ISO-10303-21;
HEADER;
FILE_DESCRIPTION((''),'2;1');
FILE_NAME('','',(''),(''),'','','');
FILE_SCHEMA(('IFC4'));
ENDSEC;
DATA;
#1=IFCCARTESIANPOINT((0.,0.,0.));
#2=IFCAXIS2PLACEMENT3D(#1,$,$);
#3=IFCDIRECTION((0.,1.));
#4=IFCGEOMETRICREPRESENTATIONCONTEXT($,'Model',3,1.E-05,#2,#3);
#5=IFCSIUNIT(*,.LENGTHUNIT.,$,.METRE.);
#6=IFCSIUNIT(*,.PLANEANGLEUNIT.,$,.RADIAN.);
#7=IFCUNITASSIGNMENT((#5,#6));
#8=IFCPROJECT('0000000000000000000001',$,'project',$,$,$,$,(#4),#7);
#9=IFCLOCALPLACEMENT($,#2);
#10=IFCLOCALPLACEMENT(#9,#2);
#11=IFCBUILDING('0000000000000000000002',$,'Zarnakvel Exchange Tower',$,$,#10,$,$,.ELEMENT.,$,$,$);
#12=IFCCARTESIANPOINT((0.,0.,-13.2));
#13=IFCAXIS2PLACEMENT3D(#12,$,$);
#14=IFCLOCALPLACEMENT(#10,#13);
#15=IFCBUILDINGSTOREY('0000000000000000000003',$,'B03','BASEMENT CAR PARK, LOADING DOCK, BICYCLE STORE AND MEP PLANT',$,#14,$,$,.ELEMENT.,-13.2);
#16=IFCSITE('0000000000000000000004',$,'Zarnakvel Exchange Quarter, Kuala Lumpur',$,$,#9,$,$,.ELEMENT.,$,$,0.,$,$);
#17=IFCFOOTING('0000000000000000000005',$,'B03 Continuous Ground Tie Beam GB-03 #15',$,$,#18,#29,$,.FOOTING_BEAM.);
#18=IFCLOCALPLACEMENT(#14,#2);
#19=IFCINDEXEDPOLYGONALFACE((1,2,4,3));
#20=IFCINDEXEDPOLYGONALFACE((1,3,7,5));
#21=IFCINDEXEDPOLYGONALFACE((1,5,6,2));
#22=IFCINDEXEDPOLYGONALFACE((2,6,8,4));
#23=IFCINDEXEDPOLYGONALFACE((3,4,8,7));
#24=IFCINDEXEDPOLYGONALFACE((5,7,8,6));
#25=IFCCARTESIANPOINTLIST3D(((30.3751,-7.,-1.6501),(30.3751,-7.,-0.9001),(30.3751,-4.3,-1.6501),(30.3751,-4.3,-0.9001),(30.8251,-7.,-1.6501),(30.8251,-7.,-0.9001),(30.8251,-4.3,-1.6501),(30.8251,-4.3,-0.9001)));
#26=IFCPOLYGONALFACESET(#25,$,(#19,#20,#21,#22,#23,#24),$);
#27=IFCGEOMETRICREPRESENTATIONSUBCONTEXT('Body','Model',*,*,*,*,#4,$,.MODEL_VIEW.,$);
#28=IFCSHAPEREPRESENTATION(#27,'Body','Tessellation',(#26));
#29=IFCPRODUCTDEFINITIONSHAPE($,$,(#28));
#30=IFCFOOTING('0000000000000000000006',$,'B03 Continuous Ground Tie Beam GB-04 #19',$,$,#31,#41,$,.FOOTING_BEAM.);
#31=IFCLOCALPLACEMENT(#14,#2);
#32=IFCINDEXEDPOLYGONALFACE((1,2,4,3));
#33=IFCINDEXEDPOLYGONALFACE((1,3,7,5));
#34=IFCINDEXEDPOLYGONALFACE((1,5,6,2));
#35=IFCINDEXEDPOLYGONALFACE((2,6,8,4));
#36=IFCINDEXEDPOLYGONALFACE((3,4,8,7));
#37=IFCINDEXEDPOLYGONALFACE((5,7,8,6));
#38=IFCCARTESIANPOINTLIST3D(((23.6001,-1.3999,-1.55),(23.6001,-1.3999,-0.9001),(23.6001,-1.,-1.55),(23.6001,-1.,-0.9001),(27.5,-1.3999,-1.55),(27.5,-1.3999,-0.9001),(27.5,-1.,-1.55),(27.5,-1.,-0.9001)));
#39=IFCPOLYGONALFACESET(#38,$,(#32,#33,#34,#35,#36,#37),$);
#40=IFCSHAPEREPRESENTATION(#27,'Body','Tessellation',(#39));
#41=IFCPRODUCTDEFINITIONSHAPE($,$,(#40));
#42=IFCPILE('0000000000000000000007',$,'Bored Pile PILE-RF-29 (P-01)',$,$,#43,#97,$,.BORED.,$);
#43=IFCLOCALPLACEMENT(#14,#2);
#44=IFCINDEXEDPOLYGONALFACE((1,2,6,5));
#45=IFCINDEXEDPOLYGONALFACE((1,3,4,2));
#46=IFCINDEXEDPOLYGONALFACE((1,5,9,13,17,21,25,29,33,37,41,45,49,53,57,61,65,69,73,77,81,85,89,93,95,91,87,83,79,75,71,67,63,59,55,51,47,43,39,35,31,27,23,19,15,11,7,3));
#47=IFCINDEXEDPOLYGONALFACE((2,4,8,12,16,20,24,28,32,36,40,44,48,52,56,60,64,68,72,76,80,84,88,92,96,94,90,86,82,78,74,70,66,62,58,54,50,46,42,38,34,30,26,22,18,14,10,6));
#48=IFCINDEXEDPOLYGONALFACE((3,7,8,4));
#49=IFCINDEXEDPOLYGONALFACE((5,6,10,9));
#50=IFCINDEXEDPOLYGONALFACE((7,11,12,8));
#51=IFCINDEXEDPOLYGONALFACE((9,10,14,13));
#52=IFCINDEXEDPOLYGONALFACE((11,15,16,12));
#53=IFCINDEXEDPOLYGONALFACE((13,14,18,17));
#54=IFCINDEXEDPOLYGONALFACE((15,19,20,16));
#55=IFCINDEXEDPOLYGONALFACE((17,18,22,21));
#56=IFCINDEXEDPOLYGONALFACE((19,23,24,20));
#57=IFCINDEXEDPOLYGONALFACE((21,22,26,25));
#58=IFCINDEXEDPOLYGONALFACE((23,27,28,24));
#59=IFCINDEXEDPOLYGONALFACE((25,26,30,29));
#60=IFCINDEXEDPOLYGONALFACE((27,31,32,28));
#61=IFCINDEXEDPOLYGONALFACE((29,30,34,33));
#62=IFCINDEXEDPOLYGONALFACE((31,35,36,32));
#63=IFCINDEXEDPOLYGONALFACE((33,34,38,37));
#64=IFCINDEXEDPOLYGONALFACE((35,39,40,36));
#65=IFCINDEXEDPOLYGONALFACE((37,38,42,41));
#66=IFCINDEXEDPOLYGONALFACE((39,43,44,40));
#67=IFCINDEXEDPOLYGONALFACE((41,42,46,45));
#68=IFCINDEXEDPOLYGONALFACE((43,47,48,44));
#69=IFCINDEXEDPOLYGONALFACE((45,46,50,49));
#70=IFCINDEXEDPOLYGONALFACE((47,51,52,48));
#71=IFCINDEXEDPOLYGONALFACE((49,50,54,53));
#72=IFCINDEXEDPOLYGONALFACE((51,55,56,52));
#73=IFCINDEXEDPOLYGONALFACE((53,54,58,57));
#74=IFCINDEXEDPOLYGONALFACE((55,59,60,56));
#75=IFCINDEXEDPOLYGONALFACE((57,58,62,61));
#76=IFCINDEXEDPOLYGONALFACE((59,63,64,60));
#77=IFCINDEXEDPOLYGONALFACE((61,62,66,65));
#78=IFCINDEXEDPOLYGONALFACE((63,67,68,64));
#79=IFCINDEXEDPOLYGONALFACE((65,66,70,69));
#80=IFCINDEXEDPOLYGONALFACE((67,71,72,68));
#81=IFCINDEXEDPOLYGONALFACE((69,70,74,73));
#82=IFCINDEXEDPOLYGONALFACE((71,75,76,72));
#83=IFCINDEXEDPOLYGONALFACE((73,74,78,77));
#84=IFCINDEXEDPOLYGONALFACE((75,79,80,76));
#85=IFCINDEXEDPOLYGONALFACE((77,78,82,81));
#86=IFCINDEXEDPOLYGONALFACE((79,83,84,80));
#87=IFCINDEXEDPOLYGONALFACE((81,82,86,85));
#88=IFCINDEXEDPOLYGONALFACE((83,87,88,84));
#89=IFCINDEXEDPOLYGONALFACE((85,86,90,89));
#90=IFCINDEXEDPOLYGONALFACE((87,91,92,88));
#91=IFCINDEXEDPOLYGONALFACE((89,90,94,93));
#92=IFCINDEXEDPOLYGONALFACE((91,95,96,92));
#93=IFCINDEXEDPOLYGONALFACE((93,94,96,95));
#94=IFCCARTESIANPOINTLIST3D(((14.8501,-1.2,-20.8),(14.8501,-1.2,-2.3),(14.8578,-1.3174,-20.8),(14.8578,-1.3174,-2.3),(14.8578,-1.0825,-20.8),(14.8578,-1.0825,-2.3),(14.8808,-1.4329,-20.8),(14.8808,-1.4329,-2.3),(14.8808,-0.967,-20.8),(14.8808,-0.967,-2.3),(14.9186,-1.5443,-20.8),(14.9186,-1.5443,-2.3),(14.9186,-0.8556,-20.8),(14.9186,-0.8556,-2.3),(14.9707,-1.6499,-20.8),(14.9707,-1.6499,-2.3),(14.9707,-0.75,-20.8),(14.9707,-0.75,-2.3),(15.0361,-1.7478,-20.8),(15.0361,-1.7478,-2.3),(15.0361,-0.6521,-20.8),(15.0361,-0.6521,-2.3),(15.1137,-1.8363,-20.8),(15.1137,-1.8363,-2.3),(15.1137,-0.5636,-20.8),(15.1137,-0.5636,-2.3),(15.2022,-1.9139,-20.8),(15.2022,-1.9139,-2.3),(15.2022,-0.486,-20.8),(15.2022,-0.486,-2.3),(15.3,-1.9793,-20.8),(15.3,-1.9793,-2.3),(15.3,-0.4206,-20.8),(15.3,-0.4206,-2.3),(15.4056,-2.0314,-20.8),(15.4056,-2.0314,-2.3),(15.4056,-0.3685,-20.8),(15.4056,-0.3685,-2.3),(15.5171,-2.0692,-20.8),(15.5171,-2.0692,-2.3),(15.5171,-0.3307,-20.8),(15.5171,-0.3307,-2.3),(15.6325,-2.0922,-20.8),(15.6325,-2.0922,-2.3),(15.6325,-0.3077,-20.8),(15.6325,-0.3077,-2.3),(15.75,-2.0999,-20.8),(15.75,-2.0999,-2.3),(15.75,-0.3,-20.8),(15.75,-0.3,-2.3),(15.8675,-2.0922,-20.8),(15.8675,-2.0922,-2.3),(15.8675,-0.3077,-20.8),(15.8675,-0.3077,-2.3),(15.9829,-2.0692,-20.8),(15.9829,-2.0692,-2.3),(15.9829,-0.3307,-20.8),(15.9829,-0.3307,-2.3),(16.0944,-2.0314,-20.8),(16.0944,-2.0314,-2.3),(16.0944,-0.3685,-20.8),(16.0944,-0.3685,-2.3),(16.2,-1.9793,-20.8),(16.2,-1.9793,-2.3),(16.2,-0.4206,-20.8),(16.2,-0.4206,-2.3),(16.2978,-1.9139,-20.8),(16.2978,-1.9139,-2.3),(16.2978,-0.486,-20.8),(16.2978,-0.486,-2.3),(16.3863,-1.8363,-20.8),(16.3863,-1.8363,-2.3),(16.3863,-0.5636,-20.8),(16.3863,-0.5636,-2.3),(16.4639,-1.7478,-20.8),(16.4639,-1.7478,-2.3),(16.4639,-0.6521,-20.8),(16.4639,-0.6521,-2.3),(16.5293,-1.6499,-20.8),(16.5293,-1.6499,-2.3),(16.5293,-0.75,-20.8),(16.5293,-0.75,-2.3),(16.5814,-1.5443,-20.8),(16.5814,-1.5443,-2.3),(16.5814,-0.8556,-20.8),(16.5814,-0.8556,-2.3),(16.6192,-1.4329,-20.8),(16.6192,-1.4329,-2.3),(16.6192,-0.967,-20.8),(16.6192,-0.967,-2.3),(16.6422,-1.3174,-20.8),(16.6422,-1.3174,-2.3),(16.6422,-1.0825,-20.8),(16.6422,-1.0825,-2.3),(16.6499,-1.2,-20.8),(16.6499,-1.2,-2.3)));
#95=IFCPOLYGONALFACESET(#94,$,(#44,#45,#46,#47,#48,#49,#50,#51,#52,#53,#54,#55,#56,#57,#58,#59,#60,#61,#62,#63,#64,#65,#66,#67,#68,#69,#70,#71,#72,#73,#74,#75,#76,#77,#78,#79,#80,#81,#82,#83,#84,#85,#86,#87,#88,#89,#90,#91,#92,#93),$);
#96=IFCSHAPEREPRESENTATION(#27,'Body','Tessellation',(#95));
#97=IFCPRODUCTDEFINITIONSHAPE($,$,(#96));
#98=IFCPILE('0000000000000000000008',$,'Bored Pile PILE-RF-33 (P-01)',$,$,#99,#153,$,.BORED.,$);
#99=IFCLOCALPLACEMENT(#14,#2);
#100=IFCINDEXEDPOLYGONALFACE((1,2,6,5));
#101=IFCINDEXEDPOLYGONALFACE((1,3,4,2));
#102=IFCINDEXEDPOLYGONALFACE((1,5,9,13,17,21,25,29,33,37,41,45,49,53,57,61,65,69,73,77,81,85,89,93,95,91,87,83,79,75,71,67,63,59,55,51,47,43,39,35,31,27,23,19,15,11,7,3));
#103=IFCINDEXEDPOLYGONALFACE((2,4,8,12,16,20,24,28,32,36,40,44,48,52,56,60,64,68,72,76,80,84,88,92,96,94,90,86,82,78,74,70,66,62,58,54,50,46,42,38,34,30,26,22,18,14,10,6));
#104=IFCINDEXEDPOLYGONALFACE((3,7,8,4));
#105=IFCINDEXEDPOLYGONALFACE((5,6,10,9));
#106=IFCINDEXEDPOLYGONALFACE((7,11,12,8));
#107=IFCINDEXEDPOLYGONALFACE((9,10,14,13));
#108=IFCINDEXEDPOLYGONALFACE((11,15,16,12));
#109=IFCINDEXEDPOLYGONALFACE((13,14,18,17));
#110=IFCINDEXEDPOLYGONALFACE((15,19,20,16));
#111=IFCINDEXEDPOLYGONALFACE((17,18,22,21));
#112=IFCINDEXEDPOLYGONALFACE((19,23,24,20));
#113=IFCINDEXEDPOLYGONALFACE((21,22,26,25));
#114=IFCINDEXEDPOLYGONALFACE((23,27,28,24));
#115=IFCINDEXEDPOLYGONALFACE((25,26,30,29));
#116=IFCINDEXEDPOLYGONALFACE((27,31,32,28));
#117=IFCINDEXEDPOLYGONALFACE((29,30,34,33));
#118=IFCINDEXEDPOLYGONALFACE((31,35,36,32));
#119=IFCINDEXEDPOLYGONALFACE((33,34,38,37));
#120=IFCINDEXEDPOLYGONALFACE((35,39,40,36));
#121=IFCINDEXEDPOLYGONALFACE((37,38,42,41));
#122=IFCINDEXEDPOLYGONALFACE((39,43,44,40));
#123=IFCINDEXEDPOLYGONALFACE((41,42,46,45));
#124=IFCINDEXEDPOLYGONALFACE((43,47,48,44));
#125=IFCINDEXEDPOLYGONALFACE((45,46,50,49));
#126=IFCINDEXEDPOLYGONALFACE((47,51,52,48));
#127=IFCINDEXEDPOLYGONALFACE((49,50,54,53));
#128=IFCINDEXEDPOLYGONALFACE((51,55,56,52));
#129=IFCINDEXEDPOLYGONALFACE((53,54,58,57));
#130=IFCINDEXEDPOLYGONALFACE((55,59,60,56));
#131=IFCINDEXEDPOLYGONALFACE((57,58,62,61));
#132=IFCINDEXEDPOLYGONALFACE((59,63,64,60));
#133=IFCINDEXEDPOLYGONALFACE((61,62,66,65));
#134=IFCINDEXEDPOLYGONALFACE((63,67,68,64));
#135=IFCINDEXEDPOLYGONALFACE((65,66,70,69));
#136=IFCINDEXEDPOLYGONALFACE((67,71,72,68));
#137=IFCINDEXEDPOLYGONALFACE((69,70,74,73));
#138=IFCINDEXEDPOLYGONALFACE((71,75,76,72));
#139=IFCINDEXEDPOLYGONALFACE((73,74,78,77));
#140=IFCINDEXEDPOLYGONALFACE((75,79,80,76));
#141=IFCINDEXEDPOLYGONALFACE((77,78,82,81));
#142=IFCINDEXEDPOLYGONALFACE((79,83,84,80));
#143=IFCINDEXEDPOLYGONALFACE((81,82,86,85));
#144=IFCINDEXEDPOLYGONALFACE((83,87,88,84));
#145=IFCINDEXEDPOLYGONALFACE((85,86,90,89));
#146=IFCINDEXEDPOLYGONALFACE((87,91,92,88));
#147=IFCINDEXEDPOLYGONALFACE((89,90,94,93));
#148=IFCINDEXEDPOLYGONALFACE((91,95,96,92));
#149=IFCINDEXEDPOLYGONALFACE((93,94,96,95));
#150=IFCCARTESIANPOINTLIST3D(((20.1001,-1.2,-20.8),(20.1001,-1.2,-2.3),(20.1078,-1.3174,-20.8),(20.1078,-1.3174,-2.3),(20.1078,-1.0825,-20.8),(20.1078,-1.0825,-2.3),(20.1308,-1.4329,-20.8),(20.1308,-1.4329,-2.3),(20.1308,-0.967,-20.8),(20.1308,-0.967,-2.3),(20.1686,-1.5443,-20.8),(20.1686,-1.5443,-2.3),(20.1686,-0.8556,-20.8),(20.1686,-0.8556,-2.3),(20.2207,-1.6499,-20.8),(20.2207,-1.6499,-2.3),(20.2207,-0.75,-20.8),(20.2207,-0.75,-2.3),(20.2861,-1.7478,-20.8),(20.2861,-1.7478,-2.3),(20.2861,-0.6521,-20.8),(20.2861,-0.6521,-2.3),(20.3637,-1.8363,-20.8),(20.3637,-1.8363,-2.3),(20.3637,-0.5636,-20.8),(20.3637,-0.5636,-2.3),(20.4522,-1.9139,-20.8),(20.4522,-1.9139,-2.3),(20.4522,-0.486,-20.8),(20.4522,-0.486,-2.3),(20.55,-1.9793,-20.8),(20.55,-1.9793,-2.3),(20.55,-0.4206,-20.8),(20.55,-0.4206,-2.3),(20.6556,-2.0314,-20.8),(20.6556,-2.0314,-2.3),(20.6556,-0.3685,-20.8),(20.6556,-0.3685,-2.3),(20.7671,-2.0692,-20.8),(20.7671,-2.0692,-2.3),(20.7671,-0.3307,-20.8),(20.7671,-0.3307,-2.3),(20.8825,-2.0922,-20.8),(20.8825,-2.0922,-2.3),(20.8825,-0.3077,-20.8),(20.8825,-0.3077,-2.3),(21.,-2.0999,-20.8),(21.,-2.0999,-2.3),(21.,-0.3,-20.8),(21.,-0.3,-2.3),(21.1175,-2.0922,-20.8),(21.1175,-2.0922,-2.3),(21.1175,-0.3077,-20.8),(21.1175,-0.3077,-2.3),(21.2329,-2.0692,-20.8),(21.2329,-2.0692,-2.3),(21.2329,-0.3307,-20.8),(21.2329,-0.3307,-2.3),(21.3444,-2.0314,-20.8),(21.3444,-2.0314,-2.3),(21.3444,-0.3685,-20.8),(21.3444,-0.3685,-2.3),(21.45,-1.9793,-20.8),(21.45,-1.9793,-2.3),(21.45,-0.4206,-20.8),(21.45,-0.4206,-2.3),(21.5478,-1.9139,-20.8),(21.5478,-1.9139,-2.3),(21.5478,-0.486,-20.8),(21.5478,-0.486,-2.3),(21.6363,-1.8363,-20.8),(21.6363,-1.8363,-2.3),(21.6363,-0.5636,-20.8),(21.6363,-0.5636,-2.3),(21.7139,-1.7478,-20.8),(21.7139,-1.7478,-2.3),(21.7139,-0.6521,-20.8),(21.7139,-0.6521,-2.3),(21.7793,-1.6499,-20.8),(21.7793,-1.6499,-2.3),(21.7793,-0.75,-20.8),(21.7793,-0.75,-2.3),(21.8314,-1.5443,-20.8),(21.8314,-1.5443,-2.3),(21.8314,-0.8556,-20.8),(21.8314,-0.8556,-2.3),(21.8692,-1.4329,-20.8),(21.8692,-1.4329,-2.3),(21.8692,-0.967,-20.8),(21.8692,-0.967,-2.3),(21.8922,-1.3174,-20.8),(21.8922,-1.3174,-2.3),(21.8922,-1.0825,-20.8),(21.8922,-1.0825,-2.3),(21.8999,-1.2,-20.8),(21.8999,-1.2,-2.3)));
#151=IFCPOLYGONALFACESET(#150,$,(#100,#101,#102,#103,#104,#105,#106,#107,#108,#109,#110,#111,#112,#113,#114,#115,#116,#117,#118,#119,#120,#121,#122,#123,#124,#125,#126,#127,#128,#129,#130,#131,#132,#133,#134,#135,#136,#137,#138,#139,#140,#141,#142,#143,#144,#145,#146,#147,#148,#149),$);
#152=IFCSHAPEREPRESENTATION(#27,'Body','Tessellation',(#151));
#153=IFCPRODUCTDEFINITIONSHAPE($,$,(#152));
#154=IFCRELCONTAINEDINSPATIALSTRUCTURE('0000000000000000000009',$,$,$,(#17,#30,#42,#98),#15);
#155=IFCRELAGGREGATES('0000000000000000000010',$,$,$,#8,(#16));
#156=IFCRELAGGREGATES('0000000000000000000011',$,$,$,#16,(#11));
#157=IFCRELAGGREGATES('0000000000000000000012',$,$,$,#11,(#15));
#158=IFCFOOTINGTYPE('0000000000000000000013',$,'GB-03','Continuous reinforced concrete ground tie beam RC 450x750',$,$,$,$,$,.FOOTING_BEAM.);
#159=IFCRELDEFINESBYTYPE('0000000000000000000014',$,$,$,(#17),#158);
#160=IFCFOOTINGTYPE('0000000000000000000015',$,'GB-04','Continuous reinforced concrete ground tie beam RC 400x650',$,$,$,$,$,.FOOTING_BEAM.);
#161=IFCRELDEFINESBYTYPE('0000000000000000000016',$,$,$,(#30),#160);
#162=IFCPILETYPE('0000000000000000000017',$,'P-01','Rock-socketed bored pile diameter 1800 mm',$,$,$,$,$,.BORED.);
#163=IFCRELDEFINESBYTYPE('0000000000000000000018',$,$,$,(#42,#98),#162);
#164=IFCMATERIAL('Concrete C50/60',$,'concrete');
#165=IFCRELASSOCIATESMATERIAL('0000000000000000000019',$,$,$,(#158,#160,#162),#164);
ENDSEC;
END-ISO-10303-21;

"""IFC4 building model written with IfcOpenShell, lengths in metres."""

from ifc_helpers import new_model, si_unit, direction, frame, origin, origin_2d, place, context, subcontext, project, spatial, rectangle, circle, extrude, material, material_profile, profile_set, type_object, element, save


model = new_model("IFC4")

# Units and contexts
model_context = context("Model", 3, precision=1e-05, world=origin(), true_north=direction((0.0, 1.0)))
body_context = subcontext(model_context, "Body", "Model", "MODEL_VIEW")
ifc_project = project(units=[si_unit("LENGTHUNIT", "METRE"), si_unit("PLANEANGLEUNIT", "RADIAN")], contexts=[model_context])

# Site, building, storey
site_placement = place(None, origin())
site = spatial("IfcSite", under=ifc_project, at=site_placement, Name="Zarnakvel Exchange Quarter, Kuala Lumpur", CompositionType="ELEMENT", RefElevation=0.0)
building_placement = place(site_placement, origin())
building = spatial("IfcBuilding", under=site, at=building_placement, Name="Zarnakvel Exchange Tower", CompositionType="ELEMENT")
storey_placement = place(building_placement, frame((0.0, 0.0, -13.2)))
storey = spatial("IfcBuildingStorey", under=building, at=storey_placement, Name="B03", Description="BASEMENT CAR PARK, LOADING DOCK, BICYCLE STORE AND MEP PLANT", CompositionType="ELEMENT", Elevation=-13.2)

# Footings
ifc_material_1 = material(Name="Concrete C50/60", Category="concrete")
ifc_material_profile_1 = material_profile(ifc_material_1, rectangle(XDim=0.45, YDim=0.75, at=origin_2d()))
ifc_profile_set_1 = profile_set([ifc_material_profile_1], Name="Concrete C50/60")
footing_type_1 = type_object("IfcFootingType", Name="GB-03", Description="Continuous reinforced concrete ground tie beam RC 450x750", PredefinedType="FOOTING_BEAM", material=ifc_profile_set_1)
footing_1_placement = place(storey_placement, frame((30.6001, -7.0, -1.2751), z_axis=(0.0, 1.0, 0.0), x_axis=(-1.0, 0.0, 0.0)))
element("IfcFooting", 1, at=footing_1_placement, inside=storey, type_object=footing_type_1, Name="B03 Continuous Ground Tie Beam GB-03 #15", PredefinedType="FOOTING_BEAM", context=body_context, shape_type="SweptSolid", body=[
    extrude(rectangle(XDim=0.45, YDim=0.75, at=origin_2d()), origin(), (0.0, 0.0, 1.0), 2.7),
])
ifc_material_profile_2 = material_profile(ifc_material_1, rectangle(XDim=0.3999, YDim=0.6499, at=origin_2d()))
ifc_profile_set_2 = profile_set([ifc_material_profile_2], Name="Concrete C50/60")
footing_type_2 = type_object("IfcFootingType", Name="GB-04", Description="Continuous reinforced concrete ground tie beam RC 400x650", PredefinedType="FOOTING_BEAM", material=ifc_profile_set_2)
footing_2_placement = place(storey_placement, frame((23.6001, -1.2, -1.2251), z_axis=(1.0, 0.0, 0.0), x_axis=(0.0, 1.0, 0.0)))
element("IfcFooting", 2, at=footing_2_placement, inside=storey, type_object=footing_type_2, Name="B03 Continuous Ground Tie Beam GB-04 #19", PredefinedType="FOOTING_BEAM", context=body_context, shape_type="SweptSolid", body=[
    extrude(rectangle(XDim=0.3999, YDim=0.6499, at=origin_2d()), origin(), (0.0, 0.0, 1.0), 3.8999),
])

# Piles
ifc_material_profile_3 = material_profile(ifc_material_1, circle(Radius=0.8999, at=origin_2d()))
ifc_profile_set_3 = profile_set([ifc_material_profile_3], Name="Concrete C50/60")
pile_type_1 = type_object("IfcPileType", Name="P-01", Description="Rock-socketed bored pile diameter 1800 mm", PredefinedType="BORED", material=ifc_profile_set_3)
for number, where, z_axis, x_axis, name in (
    (3, (15.75, -1.2, -2.3), (0.0, 0.0, -1.0), (1.0, 0.0, 0.0), "Bored Pile PILE-RF-29 (P-01)"),
    (4, (21.0, -1.2, -2.3), (0.0, 0.0, -1.0), (1.0, 0.0, 0.0), "Bored Pile PILE-RF-33 (P-01)"),
):
    element("IfcPile", number, at=place(storey_placement, frame(where, z_axis=z_axis, x_axis=x_axis)), inside=storey, type_object=pile_type_1, Name=name, PredefinedType="BORED", context=body_context, shape_type="SweptSolid", body=[
        extrude(circle(Radius=0.8999, at=origin_2d()), origin(), (0.0, 0.0, 1.0), 18.5),
    ])

save(model, "model.ifc")
